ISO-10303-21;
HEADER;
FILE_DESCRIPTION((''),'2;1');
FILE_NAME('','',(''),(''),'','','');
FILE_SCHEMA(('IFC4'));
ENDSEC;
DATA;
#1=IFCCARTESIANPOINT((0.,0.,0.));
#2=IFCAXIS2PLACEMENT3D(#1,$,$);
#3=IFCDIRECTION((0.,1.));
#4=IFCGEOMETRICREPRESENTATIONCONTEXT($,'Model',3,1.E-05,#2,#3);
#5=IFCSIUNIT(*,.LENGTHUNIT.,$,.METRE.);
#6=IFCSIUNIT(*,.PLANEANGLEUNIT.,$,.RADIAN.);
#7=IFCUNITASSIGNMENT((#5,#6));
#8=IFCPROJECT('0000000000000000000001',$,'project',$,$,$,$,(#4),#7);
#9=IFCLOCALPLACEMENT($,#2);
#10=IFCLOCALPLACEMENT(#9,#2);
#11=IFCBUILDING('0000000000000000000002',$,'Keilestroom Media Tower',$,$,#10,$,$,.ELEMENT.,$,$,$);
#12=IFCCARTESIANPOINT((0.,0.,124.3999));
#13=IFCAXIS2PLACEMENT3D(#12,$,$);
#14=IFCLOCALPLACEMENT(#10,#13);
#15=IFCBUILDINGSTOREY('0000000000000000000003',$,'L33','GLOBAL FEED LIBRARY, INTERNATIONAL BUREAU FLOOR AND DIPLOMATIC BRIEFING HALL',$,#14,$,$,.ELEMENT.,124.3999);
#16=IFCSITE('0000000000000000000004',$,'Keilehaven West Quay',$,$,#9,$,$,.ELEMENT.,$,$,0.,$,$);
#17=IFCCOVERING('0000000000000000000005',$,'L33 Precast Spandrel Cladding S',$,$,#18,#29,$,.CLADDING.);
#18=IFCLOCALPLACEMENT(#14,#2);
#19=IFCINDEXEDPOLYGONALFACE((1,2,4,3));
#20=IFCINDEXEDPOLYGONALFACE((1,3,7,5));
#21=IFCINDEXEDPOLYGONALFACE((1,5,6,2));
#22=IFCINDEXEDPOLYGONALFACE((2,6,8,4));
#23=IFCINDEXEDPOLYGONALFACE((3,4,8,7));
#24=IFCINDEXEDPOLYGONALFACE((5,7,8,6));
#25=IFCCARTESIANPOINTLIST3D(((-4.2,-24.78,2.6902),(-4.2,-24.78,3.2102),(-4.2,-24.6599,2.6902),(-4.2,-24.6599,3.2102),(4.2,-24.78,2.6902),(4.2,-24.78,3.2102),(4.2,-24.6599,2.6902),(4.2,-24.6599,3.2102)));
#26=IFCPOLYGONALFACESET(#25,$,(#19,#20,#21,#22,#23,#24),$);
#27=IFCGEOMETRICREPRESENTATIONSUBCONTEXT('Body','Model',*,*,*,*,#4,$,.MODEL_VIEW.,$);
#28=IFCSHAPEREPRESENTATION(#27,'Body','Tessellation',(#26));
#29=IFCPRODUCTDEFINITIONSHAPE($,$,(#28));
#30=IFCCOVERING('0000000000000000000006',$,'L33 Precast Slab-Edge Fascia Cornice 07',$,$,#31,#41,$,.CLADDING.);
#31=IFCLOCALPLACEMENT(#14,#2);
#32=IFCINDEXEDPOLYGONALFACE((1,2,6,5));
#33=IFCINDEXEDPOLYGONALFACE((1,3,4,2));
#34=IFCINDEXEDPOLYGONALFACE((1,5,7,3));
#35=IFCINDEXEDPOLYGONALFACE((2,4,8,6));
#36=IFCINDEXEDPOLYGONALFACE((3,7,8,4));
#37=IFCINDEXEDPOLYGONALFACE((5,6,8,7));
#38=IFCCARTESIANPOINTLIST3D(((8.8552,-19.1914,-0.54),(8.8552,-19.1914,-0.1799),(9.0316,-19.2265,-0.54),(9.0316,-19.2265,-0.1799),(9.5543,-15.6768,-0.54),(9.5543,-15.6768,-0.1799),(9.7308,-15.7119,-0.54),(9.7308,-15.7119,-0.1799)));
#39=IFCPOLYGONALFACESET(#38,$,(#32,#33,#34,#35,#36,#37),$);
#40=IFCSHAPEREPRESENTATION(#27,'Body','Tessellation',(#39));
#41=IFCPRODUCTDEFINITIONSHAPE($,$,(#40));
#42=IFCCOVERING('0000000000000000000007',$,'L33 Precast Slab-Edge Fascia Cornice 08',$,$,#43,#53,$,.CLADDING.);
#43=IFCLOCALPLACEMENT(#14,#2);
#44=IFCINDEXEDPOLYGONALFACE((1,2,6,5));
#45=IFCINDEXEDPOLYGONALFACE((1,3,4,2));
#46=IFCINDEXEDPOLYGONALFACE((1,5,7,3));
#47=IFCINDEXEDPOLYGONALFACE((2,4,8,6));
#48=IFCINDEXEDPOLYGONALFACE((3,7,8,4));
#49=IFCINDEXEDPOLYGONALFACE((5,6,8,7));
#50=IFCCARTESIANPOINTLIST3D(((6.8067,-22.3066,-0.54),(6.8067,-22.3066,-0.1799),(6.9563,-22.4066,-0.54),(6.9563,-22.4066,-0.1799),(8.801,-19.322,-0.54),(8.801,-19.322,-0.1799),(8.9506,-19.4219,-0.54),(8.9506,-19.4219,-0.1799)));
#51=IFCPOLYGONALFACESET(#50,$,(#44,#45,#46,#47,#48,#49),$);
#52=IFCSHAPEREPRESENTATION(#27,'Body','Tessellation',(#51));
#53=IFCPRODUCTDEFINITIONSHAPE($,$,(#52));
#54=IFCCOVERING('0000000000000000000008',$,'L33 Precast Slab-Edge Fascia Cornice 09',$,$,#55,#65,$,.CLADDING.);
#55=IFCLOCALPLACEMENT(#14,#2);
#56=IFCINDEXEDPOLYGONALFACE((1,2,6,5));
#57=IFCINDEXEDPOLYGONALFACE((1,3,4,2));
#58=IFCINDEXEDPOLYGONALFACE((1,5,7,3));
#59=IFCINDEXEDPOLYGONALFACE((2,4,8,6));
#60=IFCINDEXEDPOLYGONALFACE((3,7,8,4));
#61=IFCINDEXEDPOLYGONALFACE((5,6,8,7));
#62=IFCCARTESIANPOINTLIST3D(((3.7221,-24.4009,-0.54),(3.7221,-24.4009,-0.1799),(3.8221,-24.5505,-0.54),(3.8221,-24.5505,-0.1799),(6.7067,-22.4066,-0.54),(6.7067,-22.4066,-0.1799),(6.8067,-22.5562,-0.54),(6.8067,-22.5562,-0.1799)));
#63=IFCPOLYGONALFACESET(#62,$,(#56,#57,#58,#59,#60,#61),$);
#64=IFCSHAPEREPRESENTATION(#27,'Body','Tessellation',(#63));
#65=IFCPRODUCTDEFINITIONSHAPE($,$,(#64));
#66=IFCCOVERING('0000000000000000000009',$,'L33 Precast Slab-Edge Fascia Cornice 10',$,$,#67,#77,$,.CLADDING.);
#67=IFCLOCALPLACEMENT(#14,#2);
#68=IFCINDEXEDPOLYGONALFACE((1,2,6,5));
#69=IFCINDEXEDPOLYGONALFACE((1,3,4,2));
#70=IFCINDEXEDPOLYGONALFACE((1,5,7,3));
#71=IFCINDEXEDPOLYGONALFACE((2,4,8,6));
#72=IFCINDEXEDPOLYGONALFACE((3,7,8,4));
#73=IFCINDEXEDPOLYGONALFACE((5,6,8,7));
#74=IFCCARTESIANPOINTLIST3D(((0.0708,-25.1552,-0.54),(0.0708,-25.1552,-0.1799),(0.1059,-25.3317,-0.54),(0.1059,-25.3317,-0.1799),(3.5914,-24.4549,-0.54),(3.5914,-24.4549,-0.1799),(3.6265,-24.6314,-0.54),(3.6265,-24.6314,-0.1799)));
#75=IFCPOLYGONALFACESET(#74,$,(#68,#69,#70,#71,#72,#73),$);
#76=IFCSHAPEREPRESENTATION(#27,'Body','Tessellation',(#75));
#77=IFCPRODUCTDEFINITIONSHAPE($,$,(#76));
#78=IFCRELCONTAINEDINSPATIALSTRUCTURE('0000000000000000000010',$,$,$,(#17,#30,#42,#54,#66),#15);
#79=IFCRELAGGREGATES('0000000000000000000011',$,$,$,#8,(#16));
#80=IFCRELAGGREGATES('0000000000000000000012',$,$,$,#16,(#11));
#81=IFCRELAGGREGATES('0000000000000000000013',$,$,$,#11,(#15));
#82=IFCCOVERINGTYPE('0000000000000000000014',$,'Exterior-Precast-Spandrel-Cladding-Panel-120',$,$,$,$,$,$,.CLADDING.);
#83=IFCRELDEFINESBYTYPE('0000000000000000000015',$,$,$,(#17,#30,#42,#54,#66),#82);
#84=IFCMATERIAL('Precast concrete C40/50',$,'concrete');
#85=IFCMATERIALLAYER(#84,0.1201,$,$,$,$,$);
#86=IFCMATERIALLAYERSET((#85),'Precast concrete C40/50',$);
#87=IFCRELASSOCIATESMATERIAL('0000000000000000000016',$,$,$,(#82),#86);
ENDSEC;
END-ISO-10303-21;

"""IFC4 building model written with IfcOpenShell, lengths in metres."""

from ifc_helpers import new_model, si_unit, direction, frame, origin, origin_2d, place, context, subcontext, project, spatial, rectangle, extrude, source, transform, mapped, material, layer, layer_set, type_object, element, save


model = new_model("IFC4")

# Units and contexts
model_context = context("Model", 3, precision=1e-05, world=origin(), true_north=direction((0.0, 1.0)))
body_context = subcontext(model_context, "Body", "Model", "MODEL_VIEW")
ifc_project = project(units=[si_unit("LENGTHUNIT", "METRE"), si_unit("PLANEANGLEUNIT", "RADIAN")], contexts=[model_context])

# Site, building, storey
site_placement = place(None, origin())
site = spatial("IfcSite", under=ifc_project, at=site_placement, Name="Keilehaven West Quay", CompositionType="ELEMENT", RefElevation=0.0)
building_placement = place(site_placement, origin())
building = spatial("IfcBuilding", under=site, at=building_placement, Name="Keilestroom Media Tower", CompositionType="ELEMENT")
storey_placement = place(building_placement, frame((0.0, 0.0, 124.3999)))
storey = spatial("IfcBuildingStorey", under=building, at=storey_placement, Name="L33", Description="GLOBAL FEED LIBRARY, INTERNATIONAL BUREAU FLOOR AND DIPLOMATIC BRIEFING HALL", CompositionType="ELEMENT", Elevation=124.3999)

# Shared definitions
ifc_material_1 = material(Name="Precast concrete C40/50", Category="concrete")

# Coverings
ifc_layer_1 = layer(ifc_material_1, 0.1201)
ifc_layer_set_1 = layer_set([ifc_layer_1], Name="Precast concrete C40/50")
covering_type = type_object("IfcCoveringType", Name="Exterior-Precast-Spandrel-Cladding-Panel-120", PredefinedType="CLADDING", material=ifc_layer_set_1)
shared_shape_1 = source(origin(), body_context, "Body", "SweptSolid", [
    extrude(rectangle(XDim=8.3999, YDim=0.1201, at=origin_2d()), origin(), (0.0, 0.0, 1.0), 0.52),
])
covering_1_placement = place(storey_placement, frame((0.0, -24.72, 2.6902), z_axis=(0.0, 0.0, 1.0), x_axis=(1.0, 0.0, 0.0)))
element("IfcCovering", 1, at=covering_1_placement, inside=storey, type_object=covering_type, Name="L33 Precast Spandrel Cladding S", PredefinedType="CLADDING", context=body_context, shape_type="MappedRepresentation", body=[
    mapped(shared_shape_1, transform((0.0, 0.0, 0.0), x_axis=(1.0, 0.0, 0.0), y_axis=(0.0, 1.0, 0.0), z_axis=(0.0, 0.0, 1.0), scale=1.0)),
])
shared_shape_2 = source(origin(), body_context, "Body", "SweptSolid", [
    extrude(rectangle(XDim=3.5835, YDim=0.1799, at=origin_2d()), origin(), (0.0, 0.0, 1.0), 0.3601),
])
covering_2_placement = place(storey_placement, frame((9.293, -17.4517, -0.54), z_axis=(0.0, 0.0, 1.0), x_axis=(-0.195099, -0.980784, 0.0)))
element("IfcCovering", 2, at=covering_2_placement, inside=storey, type_object=covering_type, Name="L33 Precast Slab-Edge Fascia Cornice 07", PredefinedType="CLADDING", context=body_context, shape_type="MappedRepresentation", body=[
    mapped(shared_shape_2, transform((0.0, 0.0, 0.0), x_axis=(1.0, 0.0, 0.0), y_axis=(0.0, 1.0, 0.0), z_axis=(0.0, 0.0, 1.0), scale=1.0)),
])
shared_shape_3 = source(origin(), body_context, "Body", "SweptSolid", [
    extrude(rectangle(XDim=3.5896, YDim=0.1799, at=origin_2d()), origin(), (0.0, 0.0, 1.0), 0.3601),
])
for number, where, z_axis, x_axis, name in (
    (3, (7.8787, -20.8643, -0.54), (0.0, 0.0, 1.0), (-0.555575, -0.831467, 0.0), "L33 Precast Slab-Edge Fascia Cornice 08"),
    (4, (5.2644, -23.4785, -0.54), (0.0, 0.0, 1.0), (-0.831467, -0.555575, 0.0), "L33 Precast Slab-Edge Fascia Cornice 09"),
    (5, (1.8486, -24.8933, -0.54), (0.0, 0.0, 1.0), (-0.980784, -0.195099, 0.0), "L33 Precast Slab-Edge Fascia Cornice 10"),
):
    element("IfcCovering", number, at=place(storey_placement, frame(where, z_axis=z_axis, x_axis=x_axis)), inside=storey, type_object=covering_type, Name=name, PredefinedType="CLADDING", context=body_context, shape_type="MappedRepresentation", body=[
        mapped(shared_shape_3, transform((0.0, 0.0, 0.0), x_axis=(1.0, 0.0, 0.0), y_axis=(0.0, 1.0, 0.0), z_axis=(0.0, 0.0, 1.0), scale=1.0)),
    ])

save(model, "model.ifc")
